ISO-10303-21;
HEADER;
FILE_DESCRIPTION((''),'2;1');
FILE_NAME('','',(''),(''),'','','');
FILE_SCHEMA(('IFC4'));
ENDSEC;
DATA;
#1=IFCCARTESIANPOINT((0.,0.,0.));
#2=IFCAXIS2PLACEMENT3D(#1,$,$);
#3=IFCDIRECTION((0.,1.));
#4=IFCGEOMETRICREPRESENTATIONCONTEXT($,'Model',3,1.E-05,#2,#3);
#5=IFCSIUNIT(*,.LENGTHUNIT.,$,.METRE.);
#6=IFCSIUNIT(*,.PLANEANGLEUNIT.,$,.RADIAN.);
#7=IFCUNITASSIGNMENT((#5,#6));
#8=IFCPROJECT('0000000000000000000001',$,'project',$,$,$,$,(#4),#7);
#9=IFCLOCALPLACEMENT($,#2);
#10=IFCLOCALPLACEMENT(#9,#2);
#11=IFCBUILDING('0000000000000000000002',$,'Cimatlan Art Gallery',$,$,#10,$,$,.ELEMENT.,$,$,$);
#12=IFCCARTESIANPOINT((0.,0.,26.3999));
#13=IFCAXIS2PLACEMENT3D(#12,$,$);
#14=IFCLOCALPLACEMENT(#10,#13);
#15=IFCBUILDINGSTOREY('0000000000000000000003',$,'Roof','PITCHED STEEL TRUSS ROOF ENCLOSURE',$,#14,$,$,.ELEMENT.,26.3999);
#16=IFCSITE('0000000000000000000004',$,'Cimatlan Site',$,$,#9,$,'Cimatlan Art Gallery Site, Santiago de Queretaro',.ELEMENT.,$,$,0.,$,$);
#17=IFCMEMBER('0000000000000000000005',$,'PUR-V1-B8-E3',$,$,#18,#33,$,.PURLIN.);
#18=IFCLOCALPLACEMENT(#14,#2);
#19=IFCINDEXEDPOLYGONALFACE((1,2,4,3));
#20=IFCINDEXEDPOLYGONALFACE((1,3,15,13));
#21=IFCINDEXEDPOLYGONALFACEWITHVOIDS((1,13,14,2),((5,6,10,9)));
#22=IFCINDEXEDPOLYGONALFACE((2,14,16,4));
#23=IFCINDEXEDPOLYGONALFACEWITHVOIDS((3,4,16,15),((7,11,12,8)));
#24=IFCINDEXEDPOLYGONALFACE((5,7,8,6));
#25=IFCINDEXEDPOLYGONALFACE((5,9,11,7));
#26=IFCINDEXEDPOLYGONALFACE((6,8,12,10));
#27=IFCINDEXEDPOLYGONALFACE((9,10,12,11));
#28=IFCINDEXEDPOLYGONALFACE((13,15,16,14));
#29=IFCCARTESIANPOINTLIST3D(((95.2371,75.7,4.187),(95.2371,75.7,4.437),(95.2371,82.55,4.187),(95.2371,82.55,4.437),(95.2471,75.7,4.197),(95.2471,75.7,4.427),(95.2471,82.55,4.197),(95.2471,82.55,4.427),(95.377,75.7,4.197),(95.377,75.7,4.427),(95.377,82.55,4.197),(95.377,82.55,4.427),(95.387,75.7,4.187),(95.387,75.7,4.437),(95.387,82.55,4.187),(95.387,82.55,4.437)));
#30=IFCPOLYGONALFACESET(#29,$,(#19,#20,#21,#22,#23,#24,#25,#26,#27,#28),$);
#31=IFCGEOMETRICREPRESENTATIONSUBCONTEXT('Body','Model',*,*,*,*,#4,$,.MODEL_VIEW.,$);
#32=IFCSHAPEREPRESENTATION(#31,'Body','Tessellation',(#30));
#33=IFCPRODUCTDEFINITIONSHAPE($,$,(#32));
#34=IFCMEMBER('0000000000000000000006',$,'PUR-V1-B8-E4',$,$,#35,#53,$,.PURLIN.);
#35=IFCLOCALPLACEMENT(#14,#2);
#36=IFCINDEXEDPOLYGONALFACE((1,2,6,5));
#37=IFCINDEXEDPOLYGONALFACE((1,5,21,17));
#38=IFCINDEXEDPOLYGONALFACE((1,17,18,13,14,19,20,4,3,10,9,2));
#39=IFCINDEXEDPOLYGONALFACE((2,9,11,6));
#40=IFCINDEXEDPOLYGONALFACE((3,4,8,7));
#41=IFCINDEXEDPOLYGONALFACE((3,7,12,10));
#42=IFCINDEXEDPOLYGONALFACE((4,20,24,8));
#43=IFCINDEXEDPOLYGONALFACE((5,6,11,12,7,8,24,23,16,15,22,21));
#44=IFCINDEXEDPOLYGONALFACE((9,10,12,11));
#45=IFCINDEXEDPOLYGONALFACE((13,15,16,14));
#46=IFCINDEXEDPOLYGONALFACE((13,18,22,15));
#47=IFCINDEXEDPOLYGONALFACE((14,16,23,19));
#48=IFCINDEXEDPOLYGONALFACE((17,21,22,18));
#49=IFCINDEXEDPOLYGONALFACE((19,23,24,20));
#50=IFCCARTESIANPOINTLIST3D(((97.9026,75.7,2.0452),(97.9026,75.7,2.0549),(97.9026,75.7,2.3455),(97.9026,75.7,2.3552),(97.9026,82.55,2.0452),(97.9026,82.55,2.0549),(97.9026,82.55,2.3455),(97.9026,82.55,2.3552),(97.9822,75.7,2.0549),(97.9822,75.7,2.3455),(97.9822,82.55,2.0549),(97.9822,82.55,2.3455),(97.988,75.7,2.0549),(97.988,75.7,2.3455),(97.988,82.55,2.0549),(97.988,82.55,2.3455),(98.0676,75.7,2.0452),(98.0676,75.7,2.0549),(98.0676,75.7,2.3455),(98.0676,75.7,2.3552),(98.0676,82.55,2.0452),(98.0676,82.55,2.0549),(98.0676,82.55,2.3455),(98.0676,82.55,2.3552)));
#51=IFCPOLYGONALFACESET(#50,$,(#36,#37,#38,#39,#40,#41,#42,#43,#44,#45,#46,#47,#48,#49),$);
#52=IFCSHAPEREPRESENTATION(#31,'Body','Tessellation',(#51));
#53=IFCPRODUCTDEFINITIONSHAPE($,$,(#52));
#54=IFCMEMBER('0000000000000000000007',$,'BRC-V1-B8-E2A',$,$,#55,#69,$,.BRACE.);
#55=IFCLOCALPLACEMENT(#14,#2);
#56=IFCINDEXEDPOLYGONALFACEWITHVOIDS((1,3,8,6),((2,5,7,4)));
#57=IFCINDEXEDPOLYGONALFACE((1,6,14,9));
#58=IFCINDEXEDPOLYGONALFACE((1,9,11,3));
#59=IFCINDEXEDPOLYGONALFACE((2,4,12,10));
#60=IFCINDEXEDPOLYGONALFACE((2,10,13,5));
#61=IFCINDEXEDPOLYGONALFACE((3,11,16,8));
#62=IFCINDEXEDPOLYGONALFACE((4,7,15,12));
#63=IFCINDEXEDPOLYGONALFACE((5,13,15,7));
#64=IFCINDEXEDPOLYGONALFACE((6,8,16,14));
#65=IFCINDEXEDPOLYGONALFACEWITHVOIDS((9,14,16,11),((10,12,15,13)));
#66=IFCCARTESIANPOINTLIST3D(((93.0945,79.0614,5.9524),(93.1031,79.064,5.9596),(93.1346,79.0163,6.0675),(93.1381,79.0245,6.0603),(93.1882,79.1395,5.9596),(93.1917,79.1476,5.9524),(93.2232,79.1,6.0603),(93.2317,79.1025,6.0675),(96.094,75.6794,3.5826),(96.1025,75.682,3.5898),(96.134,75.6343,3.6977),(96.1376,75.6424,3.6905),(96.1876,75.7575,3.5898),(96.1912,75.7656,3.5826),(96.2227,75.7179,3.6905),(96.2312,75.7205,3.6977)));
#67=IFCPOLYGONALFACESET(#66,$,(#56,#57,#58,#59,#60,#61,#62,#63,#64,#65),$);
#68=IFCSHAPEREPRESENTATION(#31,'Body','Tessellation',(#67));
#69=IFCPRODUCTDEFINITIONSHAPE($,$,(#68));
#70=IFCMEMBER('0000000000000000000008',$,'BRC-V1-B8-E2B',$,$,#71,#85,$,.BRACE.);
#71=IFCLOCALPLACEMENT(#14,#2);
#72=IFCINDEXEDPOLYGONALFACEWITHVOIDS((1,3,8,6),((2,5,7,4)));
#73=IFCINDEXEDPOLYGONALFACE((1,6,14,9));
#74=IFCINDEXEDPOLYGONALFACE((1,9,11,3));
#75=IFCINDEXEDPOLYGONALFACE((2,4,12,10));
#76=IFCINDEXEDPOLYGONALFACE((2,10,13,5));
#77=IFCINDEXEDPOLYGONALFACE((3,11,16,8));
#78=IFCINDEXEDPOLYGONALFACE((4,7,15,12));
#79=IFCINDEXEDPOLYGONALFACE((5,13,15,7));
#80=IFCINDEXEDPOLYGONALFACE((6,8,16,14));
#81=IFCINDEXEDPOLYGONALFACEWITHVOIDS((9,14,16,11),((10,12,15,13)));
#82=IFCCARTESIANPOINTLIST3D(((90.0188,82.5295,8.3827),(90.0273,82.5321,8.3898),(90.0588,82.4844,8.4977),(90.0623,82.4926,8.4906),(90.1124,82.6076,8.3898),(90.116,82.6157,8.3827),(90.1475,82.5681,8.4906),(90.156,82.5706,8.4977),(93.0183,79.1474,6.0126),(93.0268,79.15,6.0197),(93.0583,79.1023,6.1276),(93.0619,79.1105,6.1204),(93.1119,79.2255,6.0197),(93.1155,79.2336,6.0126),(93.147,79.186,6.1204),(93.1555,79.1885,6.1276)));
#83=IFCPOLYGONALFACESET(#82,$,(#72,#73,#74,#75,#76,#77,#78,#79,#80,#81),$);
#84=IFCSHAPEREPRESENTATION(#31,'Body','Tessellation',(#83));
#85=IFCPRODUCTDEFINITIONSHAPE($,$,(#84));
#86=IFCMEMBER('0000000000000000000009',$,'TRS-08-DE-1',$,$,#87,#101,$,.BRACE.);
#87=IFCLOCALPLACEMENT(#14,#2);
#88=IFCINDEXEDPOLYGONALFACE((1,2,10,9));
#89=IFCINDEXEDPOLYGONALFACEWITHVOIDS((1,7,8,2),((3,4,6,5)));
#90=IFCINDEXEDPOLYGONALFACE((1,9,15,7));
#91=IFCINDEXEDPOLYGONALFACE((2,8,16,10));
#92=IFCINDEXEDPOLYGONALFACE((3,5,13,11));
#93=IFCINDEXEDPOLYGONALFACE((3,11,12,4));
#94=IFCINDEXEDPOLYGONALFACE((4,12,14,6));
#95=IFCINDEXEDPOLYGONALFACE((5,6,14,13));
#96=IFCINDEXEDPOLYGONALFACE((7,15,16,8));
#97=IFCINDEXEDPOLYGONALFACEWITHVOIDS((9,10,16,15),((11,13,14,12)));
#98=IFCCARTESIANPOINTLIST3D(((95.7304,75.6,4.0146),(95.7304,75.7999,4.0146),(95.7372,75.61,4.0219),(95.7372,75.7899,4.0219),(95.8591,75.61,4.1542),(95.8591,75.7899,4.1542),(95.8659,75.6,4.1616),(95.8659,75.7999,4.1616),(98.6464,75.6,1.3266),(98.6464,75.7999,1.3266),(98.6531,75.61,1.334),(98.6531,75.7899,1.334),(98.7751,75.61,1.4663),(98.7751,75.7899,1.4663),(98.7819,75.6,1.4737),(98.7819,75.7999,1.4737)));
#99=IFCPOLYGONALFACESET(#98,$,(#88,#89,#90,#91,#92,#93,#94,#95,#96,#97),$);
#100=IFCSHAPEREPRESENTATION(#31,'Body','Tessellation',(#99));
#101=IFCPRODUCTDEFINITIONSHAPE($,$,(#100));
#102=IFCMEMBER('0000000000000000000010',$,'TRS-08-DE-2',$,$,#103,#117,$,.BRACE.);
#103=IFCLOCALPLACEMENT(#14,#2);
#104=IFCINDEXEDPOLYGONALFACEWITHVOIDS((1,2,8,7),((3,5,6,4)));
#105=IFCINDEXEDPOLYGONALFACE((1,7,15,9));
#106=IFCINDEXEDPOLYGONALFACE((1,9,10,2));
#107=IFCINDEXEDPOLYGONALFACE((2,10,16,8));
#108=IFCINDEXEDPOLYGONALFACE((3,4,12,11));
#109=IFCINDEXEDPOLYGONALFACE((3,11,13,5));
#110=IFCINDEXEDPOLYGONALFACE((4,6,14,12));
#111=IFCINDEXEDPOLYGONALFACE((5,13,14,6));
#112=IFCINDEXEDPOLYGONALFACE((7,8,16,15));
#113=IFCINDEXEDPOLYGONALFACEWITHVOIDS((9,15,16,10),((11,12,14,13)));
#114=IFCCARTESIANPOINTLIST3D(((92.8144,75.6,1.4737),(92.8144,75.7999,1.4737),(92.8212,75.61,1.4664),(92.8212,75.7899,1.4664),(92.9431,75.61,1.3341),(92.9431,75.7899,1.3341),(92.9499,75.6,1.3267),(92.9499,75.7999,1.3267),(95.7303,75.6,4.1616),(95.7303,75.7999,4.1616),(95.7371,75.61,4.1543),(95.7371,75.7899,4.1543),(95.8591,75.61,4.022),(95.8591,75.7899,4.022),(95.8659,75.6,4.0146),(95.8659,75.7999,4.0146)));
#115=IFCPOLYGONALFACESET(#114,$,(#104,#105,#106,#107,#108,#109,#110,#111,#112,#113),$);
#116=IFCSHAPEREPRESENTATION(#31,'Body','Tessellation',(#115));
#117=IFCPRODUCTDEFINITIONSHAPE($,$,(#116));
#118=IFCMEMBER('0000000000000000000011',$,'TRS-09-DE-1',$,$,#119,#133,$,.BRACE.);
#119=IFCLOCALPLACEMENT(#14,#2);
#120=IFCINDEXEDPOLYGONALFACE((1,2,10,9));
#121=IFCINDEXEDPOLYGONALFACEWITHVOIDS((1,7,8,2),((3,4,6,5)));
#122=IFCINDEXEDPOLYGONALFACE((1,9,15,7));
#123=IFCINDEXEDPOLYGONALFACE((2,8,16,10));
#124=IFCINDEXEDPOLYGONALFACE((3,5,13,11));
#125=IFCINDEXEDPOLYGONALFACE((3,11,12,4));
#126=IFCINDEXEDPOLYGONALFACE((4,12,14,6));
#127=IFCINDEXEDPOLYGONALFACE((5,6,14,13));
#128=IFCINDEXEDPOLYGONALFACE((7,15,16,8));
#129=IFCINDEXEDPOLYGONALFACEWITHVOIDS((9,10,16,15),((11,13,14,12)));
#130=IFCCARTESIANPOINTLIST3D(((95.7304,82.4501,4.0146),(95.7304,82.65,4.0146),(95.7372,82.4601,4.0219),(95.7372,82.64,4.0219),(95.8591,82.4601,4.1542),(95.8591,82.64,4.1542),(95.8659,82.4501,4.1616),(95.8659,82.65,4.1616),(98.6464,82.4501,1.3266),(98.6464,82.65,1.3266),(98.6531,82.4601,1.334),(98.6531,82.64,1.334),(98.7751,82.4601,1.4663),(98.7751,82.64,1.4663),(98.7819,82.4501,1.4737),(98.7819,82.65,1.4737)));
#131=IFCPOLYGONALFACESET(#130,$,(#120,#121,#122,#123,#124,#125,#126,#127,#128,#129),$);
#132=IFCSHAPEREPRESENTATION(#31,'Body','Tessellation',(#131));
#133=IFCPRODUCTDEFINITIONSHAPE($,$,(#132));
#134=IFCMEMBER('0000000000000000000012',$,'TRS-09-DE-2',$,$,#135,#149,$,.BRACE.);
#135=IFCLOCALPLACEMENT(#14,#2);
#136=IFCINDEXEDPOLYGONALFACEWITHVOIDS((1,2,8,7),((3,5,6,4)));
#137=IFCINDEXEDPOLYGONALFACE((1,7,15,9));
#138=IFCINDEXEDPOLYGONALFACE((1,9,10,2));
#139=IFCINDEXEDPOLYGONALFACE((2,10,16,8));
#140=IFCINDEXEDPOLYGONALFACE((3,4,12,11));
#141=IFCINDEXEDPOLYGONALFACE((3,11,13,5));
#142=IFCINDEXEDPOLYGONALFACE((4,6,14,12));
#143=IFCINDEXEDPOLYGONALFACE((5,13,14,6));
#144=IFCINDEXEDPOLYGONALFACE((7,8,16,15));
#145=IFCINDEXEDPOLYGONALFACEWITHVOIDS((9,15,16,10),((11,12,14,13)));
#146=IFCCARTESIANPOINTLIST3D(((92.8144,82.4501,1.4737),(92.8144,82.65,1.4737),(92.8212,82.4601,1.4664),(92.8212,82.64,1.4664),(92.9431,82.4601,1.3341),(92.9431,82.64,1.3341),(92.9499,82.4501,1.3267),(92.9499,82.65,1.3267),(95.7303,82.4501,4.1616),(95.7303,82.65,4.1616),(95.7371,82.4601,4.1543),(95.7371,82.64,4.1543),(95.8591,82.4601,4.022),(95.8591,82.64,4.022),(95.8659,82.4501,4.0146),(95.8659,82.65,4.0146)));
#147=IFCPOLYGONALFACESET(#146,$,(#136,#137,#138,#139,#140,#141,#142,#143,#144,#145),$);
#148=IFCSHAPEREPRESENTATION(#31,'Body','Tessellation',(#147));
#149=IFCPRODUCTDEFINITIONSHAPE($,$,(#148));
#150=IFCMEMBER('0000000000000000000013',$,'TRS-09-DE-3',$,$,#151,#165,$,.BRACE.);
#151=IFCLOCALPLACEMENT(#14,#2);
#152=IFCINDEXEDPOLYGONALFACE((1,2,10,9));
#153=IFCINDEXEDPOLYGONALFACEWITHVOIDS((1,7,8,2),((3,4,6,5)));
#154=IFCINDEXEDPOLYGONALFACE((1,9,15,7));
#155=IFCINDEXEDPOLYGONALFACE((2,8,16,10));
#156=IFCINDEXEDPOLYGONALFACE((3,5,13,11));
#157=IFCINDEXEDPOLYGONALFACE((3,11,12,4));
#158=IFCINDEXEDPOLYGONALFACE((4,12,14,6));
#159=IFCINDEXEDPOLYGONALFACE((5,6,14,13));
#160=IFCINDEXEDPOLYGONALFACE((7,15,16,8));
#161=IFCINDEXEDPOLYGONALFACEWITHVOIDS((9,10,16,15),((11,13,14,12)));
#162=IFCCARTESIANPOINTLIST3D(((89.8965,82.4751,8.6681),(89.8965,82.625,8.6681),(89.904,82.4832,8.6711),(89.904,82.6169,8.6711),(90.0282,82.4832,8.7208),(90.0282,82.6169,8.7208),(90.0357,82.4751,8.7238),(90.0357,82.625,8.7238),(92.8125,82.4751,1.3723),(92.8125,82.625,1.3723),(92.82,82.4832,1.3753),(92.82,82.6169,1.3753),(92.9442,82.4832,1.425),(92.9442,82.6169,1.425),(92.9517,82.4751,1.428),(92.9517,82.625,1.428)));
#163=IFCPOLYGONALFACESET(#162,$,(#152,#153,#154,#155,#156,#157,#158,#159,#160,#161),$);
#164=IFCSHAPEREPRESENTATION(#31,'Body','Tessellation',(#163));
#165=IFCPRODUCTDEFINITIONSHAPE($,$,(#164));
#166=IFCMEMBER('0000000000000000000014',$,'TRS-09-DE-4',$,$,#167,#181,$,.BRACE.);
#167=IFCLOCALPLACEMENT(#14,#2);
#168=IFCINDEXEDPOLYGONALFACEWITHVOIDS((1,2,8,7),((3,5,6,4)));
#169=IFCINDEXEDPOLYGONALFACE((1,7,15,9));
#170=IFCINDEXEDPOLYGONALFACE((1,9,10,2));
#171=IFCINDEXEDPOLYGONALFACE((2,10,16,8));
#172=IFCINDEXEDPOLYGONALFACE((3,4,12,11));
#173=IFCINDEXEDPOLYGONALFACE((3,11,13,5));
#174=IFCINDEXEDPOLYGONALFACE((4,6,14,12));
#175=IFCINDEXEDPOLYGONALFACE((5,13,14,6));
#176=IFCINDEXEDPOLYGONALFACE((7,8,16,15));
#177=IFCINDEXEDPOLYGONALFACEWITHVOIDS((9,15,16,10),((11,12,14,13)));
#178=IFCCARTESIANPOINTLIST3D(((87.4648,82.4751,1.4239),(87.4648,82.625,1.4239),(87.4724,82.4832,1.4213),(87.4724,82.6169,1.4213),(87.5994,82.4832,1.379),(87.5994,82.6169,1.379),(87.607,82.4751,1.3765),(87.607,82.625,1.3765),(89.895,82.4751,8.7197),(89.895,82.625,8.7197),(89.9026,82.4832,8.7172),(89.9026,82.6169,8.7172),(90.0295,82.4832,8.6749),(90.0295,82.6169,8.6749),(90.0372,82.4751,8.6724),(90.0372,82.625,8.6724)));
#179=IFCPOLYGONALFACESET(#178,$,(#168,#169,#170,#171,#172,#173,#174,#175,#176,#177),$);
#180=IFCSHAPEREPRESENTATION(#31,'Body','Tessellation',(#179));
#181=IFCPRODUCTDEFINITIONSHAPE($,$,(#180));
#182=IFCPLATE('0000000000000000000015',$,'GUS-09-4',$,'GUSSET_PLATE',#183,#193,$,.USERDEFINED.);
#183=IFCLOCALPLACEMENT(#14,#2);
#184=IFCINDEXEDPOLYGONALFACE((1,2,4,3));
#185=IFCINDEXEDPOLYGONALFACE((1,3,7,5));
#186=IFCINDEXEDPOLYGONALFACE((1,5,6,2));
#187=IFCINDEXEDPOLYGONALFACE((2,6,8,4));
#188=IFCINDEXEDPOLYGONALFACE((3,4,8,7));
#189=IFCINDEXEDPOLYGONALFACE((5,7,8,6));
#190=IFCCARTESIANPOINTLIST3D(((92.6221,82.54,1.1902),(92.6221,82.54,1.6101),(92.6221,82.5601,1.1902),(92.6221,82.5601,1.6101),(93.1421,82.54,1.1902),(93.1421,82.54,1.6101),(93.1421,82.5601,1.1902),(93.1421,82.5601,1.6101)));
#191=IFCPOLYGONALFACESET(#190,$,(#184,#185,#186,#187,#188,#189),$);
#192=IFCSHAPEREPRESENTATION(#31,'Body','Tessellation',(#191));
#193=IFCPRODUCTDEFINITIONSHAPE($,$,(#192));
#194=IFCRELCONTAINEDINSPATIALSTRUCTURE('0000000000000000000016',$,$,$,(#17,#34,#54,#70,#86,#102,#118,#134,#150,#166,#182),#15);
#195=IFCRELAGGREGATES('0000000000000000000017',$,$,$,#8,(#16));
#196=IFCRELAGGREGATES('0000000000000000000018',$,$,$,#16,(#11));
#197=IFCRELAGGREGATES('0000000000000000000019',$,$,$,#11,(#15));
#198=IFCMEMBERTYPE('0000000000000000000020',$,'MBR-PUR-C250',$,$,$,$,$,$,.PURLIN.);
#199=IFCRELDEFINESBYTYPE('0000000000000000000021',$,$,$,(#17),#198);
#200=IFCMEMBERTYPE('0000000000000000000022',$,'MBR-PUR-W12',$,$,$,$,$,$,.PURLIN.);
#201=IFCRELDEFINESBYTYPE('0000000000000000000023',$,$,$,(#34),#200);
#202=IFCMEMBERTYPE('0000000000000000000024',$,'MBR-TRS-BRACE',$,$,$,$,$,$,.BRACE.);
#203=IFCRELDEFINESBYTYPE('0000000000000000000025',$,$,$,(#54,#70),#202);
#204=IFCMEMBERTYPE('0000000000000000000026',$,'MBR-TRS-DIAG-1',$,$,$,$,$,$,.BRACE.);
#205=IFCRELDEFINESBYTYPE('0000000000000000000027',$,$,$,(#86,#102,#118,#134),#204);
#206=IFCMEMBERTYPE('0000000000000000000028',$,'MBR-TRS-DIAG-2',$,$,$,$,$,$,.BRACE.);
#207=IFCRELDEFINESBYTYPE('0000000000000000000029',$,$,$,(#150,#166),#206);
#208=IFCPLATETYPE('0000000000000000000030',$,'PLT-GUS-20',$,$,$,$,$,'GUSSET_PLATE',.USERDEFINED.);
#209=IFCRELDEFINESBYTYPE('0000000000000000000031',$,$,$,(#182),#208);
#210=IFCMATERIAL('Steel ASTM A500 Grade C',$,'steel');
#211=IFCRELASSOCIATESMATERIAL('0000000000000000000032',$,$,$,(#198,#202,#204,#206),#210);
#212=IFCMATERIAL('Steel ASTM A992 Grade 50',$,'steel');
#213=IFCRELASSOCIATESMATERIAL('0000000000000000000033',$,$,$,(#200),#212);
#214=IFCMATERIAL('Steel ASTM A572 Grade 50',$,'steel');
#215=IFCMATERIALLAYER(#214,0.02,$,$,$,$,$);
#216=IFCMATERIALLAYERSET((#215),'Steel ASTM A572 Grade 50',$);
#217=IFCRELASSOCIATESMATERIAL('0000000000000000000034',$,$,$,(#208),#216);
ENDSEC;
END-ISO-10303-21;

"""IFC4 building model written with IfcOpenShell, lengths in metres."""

from ifc_helpers import new_model, si_unit, direction, frame, origin, origin_2d, place, context, subcontext, project, spatial, rectangle, hollow_rectangle, i_section, extrude, material, layer, layer_set, material_profile, profile_set, type_object, element, save


model = new_model("IFC4")

# Units and contexts
model_context = context("Model", 3, precision=1e-05, world=origin(), true_north=direction((0.0, 1.0)))
body_context = subcontext(model_context, "Body", "Model", "MODEL_VIEW")
ifc_project = project(units=[si_unit("LENGTHUNIT", "METRE"), si_unit("PLANEANGLEUNIT", "RADIAN")], contexts=[model_context])

# Site, building, storey
site_placement = place(None, origin())
site = spatial("IfcSite", under=ifc_project, at=site_placement, Name="Cimatlan Site", LongName="Cimatlan Art Gallery Site, Santiago de Queretaro", CompositionType="ELEMENT", RefElevation=0.0)
building_placement = place(site_placement, origin())
building = spatial("IfcBuilding", under=site, at=building_placement, Name="Cimatlan Art Gallery", CompositionType="ELEMENT")
storey_placement = place(building_placement, frame((0.0, 0.0, 26.3999)))
storey = spatial("IfcBuildingStorey", under=building, at=storey_placement, Name="Roof", Description="PITCHED STEEL TRUSS ROOF ENCLOSURE", CompositionType="ELEMENT", Elevation=26.3999)

# Shared definitions
ifc_material_1 = material(Name="Steel ASTM A992 Grade 50", Category="steel")

# Members
ifc_material_2 = material(Name="Steel ASTM A500 Grade C", Category="steel")
ifc_material_profile_1 = material_profile(ifc_material_2, hollow_rectangle(XDim=0.1499, YDim=0.25, WallThickness=0.01, at=origin_2d()), Name="HSS250X150X10")
ifc_profile_set_1 = profile_set([ifc_material_profile_1], Name="Steel ASTM A500 Grade C")
member_type_1 = type_object("IfcMemberType", Name="MBR-PUR-C250", PredefinedType="PURLIN", material=ifc_profile_set_1)
member_1_placement = place(storey_placement, frame((95.312, 75.7, 4.312), z_axis=(0.0, 1.0, 0.0), x_axis=(-1.0, 0.0, 0.0)))
element("IfcMember", 1, at=member_1_placement, inside=storey, type_object=member_type_1, Name="PUR-V1-B8-E3", PredefinedType="PURLIN", context=body_context, shape_type="SweptSolid", body=[
    extrude(hollow_rectangle(XDim=0.1499, YDim=0.25, WallThickness=0.01, at=origin_2d()), origin(), (0.0, 0.0, 1.0), 6.8501),
])
ifc_material_profile_2 = material_profile(ifc_material_1, i_section(OverallWidth=0.165, OverallDepth=0.3101, WebThickness=0.0059, FlangeThickness=0.0098, at=origin_2d()), Name="W12X26")
ifc_profile_set_2 = profile_set([ifc_material_profile_2], Name="Steel ASTM A992 Grade 50")
member_type_2 = type_object("IfcMemberType", Name="MBR-PUR-W12", PredefinedType="PURLIN", material=ifc_profile_set_2)
member_2_placement = place(storey_placement, frame((97.9851, 75.7, 2.2002), z_axis=(0.0, 1.0, 0.0), x_axis=(-1.0, 0.0, 0.0)))
element("IfcMember", 2, at=member_2_placement, inside=storey, type_object=member_type_2, Name="PUR-V1-B8-E4", PredefinedType="PURLIN", context=body_context, shape_type="SweptSolid", body=[
    extrude(i_section(OverallWidth=0.165, OverallDepth=0.3101, WebThickness=0.0059, FlangeThickness=0.0098, at=origin_2d()), origin(), (0.0, 0.0, 1.0), 6.8501),
])
ifc_material_profile_3 = material_profile(ifc_material_2, hollow_rectangle(XDim=0.1299, YDim=0.1299, WallThickness=0.0081, at=origin_2d()), Name="HSS130X130X8")
ifc_profile_set_3 = profile_set([ifc_material_profile_3], Name="Steel ASTM A500 Grade C")
member_type_3 = type_object("IfcMemberType", Name="MBR-TRS-BRACE", PredefinedType="BRACE", material=ifc_profile_set_3)
member_3_placement = place(storey_placement, frame((96.1626, 75.7, 3.6401), z_axis=(-0.587667, 0.66262, 0.464308), x_axis=(-0.748154, -0.663525, 0.0)))
element("IfcMember", 3, at=member_3_placement, inside=storey, type_object=member_type_3, Name="BRC-V1-B8-E2A", PredefinedType="BRACE", context=body_context, shape_type="SweptSolid", body=[
    extrude(hollow_rectangle(XDim=0.1299, YDim=0.1299, WallThickness=0.0081, at=origin_2d()), origin(), (0.0, 0.0, 1.0), 5.104),
])
member_4_placement = place(storey_placement, frame((93.0869, 79.168, 6.0701), z_axis=(-0.587654, 0.662606, 0.464345), x_axis=(-0.748154, -0.663525, 0.0)))
element("IfcMember", 4, at=member_4_placement, inside=storey, type_object=member_type_3, Name="BRC-V1-B8-E2B", PredefinedType="BRACE", context=body_context, shape_type="SweptSolid", body=[
    extrude(hollow_rectangle(XDim=0.1299, YDim=0.1299, WallThickness=0.0081, at=origin_2d()), origin(), (0.0, 0.0, 1.0), 5.1042),
])
ifc_material_profile_4 = material_profile(ifc_material_2, hollow_rectangle(XDim=0.2, YDim=0.2, WallThickness=0.01, at=origin_2d()), Name="HSS200X200X10")
ifc_profile_set_4 = profile_set([ifc_material_profile_4], Name="Steel ASTM A500 Grade C")
member_type_4 = type_object("IfcMemberType", Name="MBR-TRS-DIAG-1", PredefinedType="BRACE", material=ifc_profile_set_4)
for number, where, z_axis, x_axis, name in (
    (5, (98.7141, 75.7, 1.4001), (-0.735271, 0.0, 0.677774), (0.0, -1.0, 0.0), "TRS-08-DE-1"),
    (6, (95.7981, 75.7, 4.0881), (-0.735271, 0.0, -0.677774), (0.0, -1.0, 0.0), "TRS-08-DE-2"),
    (7, (98.7141, 82.55, 1.4001), (-0.735271, 0.0, 0.677774), (0.0, -1.0, 0.0), "TRS-09-DE-1"),
    (8, (95.7981, 82.55, 4.0881), (-0.735271, 0.0, -0.677774), (0.0, -1.0, 0.0), "TRS-09-DE-2"),
):
    element("IfcMember", number, at=place(storey_placement, frame(where, z_axis=z_axis, x_axis=x_axis)), inside=storey, type_object=member_type_4, Name=name, PredefinedType="BRACE", context=body_context, shape_type="SweptSolid", body=[
        extrude(hollow_rectangle(XDim=0.2, YDim=0.2, WallThickness=0.01, at=origin_2d()), origin(), (0.0, 0.0, 1.0), 3.9658),
    ])
ifc_material_profile_5 = material_profile(ifc_material_2, hollow_rectangle(XDim=0.1499, YDim=0.1499, WallThickness=0.0081, at=origin_2d()), Name="HSS150X150X8")
ifc_profile_set_5 = profile_set([ifc_material_profile_5], Name="Steel ASTM A500 Grade C")
member_type_5 = type_object("IfcMemberType", Name="MBR-TRS-DIAG-2", PredefinedType="BRACE", material=ifc_profile_set_5)
member_5_placement = place(storey_placement, frame((92.8821, 82.55, 1.4001), z_axis=(-0.371134, 0.0, 0.92858), x_axis=(0.0, -1.0, 0.0)))
element("IfcMember", 9, at=member_5_placement, inside=storey, type_object=member_type_5, Name="TRS-09-DE-3", PredefinedType="BRACE", context=body_context, shape_type="SweptSolid", body=[
    extrude(hollow_rectangle(XDim=0.1499, YDim=0.1499, WallThickness=0.0081, at=origin_2d()), origin(), (0.0, 0.0, 1.0), 7.8569),
])
member_6_placement = place(storey_placement, frame((89.9661, 82.55, 8.696), z_axis=(-0.316018, 0.0, -0.948753), x_axis=(0.0, -1.0, 0.0)))
element("IfcMember", 10, at=member_6_placement, inside=storey, type_object=member_type_5, Name="TRS-09-DE-4", PredefinedType="BRACE", context=body_context, shape_type="SweptSolid", body=[
    extrude(hollow_rectangle(XDim=0.1499, YDim=0.1499, WallThickness=0.0081, at=origin_2d()), origin(), (0.0, 0.0, 1.0), 7.6899),
])

# Plate
ifc_material_3 = material(Name="Steel ASTM A572 Grade 50", Category="steel")
ifc_layer_1 = layer(ifc_material_3, 0.02)
ifc_layer_set_1 = layer_set([ifc_layer_1], Name="Steel ASTM A572 Grade 50")
plate_type_1 = type_object("IfcPlateType", Name="PLT-GUS-20", ElementType="GUSSET_PLATE", PredefinedType="USERDEFINED", material=ifc_layer_set_1)
plate_1_placement = place(storey_placement, frame((92.8821, 82.55, 1.1902), z_axis=(0.0, 0.0, 1.0), x_axis=(1.0, 0.0, 0.0)))
element("IfcPlate", 11, at=plate_1_placement, inside=storey, type_object=plate_type_1, Name="GUS-09-4", ObjectType="GUSSET_PLATE", PredefinedType="USERDEFINED", context=body_context, shape_type="SweptSolid", body=[
    extrude(rectangle(XDim=0.52, YDim=0.02, at=origin_2d()), origin(), (0.0, 0.0, 1.0), 0.4199),
])

save(model, "model.ifc")
